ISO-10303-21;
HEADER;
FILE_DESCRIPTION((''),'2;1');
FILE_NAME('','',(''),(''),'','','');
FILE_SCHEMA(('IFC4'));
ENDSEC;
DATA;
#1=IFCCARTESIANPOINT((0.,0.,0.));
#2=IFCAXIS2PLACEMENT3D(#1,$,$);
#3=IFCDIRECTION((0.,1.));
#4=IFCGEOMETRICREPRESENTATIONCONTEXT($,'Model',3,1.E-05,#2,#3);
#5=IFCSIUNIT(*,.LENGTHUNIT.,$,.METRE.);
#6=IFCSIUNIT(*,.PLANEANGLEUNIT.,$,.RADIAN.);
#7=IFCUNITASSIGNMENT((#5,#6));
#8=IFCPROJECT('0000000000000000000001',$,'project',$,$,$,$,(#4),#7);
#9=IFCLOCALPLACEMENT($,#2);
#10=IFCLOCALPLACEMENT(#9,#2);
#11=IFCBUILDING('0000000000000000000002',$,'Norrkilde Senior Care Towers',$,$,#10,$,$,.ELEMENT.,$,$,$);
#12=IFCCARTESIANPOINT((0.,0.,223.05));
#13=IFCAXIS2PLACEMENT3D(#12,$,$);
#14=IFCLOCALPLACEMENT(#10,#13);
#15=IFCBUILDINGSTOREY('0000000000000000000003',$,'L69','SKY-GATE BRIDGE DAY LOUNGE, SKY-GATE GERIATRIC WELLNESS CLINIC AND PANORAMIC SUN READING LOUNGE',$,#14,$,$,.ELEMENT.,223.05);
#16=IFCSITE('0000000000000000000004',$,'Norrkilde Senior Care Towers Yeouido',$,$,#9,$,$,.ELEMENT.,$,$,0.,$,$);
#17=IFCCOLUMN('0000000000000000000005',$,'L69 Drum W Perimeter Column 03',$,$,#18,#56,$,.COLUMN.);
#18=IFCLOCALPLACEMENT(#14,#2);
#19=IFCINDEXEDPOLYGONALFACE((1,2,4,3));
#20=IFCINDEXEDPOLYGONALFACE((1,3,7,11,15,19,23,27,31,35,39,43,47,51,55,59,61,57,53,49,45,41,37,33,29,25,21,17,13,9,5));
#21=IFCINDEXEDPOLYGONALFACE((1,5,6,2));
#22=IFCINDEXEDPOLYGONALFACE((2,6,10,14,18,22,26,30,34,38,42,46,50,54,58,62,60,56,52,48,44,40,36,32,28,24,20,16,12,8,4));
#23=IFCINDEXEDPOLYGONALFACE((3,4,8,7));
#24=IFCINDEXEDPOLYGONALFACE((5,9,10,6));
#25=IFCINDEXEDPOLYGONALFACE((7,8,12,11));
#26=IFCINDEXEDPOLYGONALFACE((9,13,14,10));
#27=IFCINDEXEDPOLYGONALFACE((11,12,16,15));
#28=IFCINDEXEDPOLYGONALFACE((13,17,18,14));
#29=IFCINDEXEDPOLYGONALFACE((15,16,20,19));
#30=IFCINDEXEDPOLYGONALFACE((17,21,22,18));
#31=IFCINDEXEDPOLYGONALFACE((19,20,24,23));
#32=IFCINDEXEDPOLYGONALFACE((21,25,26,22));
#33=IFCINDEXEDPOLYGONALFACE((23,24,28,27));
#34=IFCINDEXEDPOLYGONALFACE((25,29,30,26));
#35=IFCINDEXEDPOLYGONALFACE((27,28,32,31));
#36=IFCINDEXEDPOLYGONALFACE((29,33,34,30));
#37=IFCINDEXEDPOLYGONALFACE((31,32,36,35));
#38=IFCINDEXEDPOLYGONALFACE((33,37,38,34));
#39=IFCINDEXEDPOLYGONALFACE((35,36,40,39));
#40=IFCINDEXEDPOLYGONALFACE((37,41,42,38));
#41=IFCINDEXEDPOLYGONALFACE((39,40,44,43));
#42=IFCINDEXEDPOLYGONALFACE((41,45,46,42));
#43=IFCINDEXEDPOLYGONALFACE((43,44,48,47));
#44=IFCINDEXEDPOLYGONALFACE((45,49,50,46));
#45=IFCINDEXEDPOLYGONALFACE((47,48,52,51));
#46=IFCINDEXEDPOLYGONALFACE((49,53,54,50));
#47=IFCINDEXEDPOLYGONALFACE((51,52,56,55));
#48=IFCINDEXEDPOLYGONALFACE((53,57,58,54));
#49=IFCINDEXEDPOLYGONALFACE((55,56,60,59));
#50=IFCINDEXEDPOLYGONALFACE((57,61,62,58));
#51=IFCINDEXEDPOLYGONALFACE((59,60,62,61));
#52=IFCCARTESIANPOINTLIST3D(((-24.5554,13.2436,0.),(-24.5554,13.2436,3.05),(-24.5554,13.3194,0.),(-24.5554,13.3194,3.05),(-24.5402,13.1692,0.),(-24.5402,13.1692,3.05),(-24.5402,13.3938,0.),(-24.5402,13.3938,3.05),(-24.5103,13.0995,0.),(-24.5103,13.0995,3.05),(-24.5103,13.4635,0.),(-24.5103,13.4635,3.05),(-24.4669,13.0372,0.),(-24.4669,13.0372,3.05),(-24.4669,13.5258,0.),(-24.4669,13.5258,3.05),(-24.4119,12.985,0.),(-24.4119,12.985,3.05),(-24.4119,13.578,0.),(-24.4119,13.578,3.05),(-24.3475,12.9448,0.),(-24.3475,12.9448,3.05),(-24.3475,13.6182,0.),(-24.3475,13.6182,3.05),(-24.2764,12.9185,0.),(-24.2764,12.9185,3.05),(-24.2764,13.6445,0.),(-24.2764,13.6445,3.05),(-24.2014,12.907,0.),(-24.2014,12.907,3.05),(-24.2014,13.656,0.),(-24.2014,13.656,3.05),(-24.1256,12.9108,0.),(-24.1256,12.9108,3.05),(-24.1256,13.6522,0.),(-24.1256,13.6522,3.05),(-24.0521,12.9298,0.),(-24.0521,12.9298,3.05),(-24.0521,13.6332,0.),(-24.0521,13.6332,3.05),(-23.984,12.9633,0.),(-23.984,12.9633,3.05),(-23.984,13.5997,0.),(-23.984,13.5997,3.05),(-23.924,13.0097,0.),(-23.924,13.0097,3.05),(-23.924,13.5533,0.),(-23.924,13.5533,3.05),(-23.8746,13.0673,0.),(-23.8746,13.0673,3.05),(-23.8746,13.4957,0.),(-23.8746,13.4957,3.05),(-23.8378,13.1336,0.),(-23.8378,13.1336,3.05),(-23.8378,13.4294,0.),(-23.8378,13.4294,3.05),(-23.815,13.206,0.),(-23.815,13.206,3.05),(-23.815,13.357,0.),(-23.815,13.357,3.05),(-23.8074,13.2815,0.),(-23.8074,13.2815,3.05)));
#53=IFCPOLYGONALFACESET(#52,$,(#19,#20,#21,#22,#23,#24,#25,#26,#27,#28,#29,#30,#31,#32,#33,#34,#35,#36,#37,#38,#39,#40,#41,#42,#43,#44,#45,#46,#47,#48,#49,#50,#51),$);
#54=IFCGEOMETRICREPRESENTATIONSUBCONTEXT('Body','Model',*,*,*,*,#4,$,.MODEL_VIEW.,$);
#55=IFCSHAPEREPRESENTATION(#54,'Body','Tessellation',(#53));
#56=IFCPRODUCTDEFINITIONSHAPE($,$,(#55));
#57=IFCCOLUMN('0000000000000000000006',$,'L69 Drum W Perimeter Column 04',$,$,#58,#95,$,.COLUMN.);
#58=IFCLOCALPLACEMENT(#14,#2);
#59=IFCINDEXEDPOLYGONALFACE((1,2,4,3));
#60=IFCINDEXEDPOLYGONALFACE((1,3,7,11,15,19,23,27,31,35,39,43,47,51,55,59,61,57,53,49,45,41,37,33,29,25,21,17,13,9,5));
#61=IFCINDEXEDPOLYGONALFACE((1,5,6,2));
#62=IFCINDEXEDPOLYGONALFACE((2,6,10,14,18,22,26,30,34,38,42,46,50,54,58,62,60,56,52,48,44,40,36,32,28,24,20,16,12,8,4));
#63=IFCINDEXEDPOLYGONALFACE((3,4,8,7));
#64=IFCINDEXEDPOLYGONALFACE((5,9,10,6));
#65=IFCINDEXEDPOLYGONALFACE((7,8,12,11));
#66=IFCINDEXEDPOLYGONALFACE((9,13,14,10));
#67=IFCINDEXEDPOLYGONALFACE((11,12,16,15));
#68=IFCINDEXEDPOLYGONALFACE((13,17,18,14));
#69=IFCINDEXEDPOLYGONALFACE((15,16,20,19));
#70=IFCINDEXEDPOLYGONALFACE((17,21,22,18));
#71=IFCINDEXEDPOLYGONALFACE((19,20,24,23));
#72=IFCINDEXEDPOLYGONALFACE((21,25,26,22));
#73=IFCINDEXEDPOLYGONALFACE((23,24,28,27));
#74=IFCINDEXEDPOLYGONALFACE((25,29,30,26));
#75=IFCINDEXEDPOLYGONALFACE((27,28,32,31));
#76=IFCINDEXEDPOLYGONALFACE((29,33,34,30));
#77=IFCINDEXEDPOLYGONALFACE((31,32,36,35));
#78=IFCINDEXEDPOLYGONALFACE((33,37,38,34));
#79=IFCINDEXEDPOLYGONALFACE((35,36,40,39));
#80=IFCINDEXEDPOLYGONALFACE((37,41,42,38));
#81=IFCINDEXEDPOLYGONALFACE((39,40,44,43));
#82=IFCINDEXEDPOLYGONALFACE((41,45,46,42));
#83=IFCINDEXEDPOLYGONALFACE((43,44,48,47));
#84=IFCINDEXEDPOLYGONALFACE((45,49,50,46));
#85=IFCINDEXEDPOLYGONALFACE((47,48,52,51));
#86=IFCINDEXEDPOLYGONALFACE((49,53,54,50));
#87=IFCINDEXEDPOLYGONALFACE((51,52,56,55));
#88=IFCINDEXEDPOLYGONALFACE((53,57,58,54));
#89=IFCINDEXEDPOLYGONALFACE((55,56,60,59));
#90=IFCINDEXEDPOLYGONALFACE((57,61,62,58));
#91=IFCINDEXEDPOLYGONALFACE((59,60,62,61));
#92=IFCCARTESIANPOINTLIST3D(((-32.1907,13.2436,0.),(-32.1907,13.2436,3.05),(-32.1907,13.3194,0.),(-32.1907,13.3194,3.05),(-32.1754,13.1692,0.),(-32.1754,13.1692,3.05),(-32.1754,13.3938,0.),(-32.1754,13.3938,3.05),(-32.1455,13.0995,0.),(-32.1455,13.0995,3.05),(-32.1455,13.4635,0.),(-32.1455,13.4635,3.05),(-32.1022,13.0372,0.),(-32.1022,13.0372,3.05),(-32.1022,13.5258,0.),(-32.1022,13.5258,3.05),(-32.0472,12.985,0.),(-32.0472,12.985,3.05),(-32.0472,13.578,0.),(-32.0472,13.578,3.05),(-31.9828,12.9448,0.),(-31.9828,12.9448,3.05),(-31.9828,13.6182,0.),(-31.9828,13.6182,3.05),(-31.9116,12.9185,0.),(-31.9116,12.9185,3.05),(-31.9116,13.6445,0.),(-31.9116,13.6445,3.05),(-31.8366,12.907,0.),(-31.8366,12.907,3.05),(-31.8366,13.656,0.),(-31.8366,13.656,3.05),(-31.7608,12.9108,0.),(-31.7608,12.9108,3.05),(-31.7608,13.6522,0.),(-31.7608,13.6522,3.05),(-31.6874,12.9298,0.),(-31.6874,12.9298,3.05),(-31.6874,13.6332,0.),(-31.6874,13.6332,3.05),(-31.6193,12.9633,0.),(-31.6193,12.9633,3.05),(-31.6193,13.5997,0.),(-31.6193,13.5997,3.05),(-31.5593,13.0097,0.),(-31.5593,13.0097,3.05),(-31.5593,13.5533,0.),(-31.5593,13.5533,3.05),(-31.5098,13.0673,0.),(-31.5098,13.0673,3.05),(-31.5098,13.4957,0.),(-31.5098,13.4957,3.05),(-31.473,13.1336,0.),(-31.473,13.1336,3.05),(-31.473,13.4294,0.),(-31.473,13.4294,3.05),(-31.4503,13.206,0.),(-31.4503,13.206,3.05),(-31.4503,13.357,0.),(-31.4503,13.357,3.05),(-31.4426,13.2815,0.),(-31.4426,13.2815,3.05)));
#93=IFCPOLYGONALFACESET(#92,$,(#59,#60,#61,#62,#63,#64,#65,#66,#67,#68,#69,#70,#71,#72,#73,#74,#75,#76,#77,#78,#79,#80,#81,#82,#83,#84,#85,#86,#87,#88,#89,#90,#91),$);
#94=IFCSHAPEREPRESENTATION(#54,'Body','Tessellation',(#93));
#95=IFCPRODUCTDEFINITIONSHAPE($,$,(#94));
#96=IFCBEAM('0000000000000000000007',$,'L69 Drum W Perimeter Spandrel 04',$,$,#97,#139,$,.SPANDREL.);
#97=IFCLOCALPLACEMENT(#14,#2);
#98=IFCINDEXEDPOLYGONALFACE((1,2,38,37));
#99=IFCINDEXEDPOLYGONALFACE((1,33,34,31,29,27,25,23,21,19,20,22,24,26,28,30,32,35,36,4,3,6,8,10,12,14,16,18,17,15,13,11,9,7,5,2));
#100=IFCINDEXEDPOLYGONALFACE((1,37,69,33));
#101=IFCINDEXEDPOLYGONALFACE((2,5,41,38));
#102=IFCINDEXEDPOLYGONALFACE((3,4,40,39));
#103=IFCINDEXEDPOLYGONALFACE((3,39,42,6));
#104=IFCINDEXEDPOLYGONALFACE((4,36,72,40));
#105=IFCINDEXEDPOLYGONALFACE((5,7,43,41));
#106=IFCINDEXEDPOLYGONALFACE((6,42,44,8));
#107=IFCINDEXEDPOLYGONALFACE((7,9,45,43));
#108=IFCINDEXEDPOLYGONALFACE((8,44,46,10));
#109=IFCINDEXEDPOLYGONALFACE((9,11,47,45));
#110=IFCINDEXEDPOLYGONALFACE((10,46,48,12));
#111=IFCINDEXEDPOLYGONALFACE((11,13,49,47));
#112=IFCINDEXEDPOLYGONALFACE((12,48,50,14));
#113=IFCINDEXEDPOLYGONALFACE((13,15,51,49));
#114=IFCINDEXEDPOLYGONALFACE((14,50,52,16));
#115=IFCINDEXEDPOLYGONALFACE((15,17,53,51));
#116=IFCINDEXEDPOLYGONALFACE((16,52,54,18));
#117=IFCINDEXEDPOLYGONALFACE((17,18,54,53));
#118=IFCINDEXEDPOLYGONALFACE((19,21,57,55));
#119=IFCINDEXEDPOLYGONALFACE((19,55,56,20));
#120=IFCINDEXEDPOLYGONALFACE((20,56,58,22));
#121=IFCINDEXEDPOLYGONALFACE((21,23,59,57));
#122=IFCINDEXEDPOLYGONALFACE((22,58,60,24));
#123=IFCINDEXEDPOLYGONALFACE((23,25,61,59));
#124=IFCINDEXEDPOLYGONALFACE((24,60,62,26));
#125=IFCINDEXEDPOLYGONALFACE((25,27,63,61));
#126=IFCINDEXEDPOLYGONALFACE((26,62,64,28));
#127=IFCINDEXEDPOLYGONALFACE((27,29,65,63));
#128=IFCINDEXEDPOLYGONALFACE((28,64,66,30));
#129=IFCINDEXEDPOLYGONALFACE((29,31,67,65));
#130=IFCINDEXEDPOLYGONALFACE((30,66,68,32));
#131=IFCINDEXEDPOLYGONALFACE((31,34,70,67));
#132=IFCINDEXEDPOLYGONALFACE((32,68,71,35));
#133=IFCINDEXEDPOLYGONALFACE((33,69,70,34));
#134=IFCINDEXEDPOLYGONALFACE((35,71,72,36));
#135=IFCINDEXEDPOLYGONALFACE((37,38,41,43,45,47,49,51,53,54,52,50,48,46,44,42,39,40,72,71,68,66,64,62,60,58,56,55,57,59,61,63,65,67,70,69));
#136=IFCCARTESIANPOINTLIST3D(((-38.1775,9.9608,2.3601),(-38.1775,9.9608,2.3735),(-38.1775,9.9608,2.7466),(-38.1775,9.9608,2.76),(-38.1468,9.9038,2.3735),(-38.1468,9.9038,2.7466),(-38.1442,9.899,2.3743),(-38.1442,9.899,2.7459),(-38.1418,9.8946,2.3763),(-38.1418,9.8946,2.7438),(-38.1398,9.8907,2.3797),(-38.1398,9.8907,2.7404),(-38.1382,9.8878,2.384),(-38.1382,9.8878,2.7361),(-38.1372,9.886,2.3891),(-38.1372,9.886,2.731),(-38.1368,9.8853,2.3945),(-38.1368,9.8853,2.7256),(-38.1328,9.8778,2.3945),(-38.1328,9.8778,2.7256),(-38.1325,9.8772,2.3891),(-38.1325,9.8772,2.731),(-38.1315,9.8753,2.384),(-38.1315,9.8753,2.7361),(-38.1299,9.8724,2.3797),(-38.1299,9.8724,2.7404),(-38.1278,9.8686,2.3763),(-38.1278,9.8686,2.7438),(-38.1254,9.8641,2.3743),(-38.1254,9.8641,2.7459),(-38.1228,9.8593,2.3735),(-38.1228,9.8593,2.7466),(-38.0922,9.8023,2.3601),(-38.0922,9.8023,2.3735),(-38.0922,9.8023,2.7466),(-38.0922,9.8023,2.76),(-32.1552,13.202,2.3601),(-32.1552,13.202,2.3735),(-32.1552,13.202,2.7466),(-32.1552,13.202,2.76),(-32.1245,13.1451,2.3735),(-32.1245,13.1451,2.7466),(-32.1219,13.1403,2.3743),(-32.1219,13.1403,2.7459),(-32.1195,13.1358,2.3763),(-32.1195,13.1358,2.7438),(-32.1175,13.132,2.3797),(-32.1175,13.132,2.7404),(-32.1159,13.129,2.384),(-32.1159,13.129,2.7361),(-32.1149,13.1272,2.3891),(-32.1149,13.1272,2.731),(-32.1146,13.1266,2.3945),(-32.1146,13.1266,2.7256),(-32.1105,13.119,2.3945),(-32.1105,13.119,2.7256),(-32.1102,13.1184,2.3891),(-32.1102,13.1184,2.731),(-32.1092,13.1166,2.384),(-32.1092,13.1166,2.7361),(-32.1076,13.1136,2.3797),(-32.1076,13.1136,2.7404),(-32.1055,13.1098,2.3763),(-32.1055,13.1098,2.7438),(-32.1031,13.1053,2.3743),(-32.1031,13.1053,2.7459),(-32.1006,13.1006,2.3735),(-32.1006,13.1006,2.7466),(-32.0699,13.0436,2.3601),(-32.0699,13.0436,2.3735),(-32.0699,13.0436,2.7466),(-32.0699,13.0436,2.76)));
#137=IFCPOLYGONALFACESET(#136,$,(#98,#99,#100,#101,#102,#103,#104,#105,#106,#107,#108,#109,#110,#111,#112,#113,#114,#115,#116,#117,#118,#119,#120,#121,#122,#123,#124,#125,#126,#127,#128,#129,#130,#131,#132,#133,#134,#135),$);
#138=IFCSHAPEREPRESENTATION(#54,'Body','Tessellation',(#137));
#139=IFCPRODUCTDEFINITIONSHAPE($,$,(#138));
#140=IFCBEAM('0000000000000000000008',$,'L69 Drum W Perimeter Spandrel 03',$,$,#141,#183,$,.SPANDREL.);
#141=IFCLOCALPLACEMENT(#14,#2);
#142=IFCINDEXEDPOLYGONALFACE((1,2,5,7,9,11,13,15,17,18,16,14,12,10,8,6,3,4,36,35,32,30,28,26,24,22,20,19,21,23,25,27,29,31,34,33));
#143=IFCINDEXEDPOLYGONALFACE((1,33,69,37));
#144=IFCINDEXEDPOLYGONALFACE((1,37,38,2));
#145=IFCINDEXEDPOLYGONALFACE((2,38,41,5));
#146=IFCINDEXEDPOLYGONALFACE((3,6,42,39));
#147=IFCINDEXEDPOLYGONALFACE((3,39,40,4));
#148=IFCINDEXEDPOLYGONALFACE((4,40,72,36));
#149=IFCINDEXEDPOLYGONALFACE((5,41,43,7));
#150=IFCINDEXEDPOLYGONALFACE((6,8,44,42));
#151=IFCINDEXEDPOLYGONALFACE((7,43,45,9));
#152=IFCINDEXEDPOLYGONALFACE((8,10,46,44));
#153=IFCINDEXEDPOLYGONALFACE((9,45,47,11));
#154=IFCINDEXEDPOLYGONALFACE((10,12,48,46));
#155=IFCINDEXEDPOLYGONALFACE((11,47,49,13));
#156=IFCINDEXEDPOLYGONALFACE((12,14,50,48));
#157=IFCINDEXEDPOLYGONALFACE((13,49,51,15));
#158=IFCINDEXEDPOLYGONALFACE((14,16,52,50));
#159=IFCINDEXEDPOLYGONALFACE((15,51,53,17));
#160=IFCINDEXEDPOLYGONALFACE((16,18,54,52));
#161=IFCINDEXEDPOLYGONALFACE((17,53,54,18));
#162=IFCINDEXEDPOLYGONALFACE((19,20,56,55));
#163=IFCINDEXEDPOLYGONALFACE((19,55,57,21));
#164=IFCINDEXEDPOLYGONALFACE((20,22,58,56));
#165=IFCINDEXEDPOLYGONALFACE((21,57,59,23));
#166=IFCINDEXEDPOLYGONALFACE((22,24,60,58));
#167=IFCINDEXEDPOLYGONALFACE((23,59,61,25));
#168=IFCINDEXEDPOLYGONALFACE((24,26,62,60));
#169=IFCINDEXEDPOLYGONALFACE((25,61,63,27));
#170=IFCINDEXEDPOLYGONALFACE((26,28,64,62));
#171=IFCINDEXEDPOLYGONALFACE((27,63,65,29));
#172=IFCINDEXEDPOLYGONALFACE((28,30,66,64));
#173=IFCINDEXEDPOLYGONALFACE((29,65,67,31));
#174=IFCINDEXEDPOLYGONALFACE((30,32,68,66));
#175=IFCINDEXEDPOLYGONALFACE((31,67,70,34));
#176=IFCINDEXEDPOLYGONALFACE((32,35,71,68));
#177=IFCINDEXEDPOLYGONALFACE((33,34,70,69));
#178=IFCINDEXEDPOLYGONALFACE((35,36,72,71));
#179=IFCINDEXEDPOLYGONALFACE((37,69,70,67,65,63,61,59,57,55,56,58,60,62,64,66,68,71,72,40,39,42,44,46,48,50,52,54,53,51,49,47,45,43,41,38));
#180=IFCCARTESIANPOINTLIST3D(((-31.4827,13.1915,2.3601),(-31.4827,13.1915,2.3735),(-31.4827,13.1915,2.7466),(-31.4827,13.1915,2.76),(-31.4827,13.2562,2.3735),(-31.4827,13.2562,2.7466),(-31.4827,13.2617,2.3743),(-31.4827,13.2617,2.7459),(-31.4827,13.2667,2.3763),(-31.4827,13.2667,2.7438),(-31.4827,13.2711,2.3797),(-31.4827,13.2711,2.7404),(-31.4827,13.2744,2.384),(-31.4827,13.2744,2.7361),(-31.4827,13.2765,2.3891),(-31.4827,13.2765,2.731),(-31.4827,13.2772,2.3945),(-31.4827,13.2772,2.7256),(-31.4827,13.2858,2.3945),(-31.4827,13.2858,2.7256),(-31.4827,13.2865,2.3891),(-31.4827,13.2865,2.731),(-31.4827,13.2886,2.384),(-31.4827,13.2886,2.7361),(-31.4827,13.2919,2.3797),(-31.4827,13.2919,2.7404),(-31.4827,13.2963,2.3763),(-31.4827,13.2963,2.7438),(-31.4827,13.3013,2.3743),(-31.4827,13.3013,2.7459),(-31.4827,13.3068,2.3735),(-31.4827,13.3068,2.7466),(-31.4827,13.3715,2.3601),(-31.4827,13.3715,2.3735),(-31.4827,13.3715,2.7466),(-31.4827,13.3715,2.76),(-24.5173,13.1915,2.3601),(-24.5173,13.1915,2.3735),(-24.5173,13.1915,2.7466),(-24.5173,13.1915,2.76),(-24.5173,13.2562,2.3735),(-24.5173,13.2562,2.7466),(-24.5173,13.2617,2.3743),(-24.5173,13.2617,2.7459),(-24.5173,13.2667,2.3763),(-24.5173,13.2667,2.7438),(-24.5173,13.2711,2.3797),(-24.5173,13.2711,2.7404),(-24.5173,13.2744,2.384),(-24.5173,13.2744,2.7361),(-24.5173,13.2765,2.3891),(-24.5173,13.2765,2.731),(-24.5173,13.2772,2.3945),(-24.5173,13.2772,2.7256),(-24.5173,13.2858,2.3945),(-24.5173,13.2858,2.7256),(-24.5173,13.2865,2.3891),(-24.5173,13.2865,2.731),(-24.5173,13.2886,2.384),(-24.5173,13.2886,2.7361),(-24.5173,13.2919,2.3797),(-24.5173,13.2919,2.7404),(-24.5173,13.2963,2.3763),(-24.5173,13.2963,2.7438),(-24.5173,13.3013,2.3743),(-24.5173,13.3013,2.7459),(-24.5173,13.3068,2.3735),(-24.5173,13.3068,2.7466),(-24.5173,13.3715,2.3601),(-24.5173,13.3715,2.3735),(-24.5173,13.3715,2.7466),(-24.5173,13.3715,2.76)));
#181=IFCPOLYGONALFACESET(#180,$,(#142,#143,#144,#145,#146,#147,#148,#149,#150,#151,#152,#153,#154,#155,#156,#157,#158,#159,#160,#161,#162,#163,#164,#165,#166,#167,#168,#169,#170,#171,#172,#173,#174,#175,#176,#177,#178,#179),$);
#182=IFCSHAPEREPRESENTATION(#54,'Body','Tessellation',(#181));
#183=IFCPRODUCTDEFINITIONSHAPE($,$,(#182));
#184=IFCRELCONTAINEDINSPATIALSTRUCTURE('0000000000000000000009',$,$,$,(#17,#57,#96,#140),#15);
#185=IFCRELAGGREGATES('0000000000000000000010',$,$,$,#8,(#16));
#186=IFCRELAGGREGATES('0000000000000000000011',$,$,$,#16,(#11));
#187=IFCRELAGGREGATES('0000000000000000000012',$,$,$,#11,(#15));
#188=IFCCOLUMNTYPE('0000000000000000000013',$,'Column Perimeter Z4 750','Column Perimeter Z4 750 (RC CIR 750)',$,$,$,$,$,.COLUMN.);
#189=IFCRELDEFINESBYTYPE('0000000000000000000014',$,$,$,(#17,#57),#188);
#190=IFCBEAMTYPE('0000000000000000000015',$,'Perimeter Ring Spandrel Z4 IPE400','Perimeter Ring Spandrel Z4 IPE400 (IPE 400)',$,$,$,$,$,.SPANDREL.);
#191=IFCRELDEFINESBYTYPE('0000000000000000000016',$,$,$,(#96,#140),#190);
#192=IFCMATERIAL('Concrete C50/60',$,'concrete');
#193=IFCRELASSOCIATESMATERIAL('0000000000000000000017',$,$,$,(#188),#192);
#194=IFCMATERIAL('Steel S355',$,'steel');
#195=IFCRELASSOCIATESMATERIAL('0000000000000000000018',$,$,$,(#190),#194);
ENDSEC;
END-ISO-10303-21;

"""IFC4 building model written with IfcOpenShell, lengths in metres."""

from ifc_helpers import new_model, si_unit, direction, frame, origin, origin_2d, place, context, subcontext, project, spatial, circle, i_section, extrude, source, transform, mapped, material, material_profile, profile_set, type_object, type_shapes, element, save


model = new_model("IFC4")

# Units and contexts
model_context = context("Model", 3, precision=1e-05, world=origin(), true_north=direction((0.0, 1.0)))
body_context = subcontext(model_context, "Body", "Model", "MODEL_VIEW")
ifc_project = project(units=[si_unit("LENGTHUNIT", "METRE"), si_unit("PLANEANGLEUNIT", "RADIAN")], contexts=[model_context])

# Site, building, storey
site_placement = place(None, origin())
site = spatial("IfcSite", under=ifc_project, at=site_placement, Name="Norrkilde Senior Care Towers Yeouido", CompositionType="ELEMENT", RefElevation=0.0)
building_placement = place(site_placement, origin())
building = spatial("IfcBuilding", under=site, at=building_placement, Name="Norrkilde Senior Care Towers", CompositionType="ELEMENT")
storey_placement = place(building_placement, frame((0.0, 0.0, 223.05)))
storey = spatial("IfcBuildingStorey", under=building, at=storey_placement, Name="L69", Description="SKY-GATE BRIDGE DAY LOUNGE, SKY-GATE GERIATRIC WELLNESS CLINIC AND PANORAMIC SUN READING LOUNGE", CompositionType="ELEMENT", Elevation=223.05)

# Columns
ifc_material_1 = material(Name="Concrete C50/60", Category="concrete")
ifc_material_profile_1 = material_profile(ifc_material_1, circle(Radius=0.375, at=origin_2d()), Name="RC CIR 750")
ifc_profile_set_1 = profile_set([ifc_material_profile_1], Name="Concrete C50/60")
column_type = type_object("IfcColumnType", Name="Column Perimeter Z4 750", Description="Column Perimeter Z4 750 (RC CIR 750)", PredefinedType="COLUMN", material=ifc_profile_set_1)
shared_shape_1 = source(origin(), body_context, "Body", "SweptSolid", [
    extrude(circle(Radius=0.375, at=origin_2d()), origin(), (0.0, 0.0, 1.0), 3.05),
])
type_shapes(column_type, [shared_shape_1])
for number, where, z_axis, x_axis, name in (
    (1, (-24.1824, 13.2815, 0.0), (0.0, 0.0, 1.0), (1.0, 0.0, 0.0), "L69 Drum W Perimeter Column 03"),
    (2, (-31.8176, 13.2815, 0.0), (0.0, 0.0, 1.0), (1.0, 0.0, 0.0), "L69 Drum W Perimeter Column 04"),
):
    element("IfcColumn", number, at=place(storey_placement, frame(where, z_axis=z_axis, x_axis=x_axis)), inside=storey, type_object=column_type, Name=name, PredefinedType="COLUMN", context=body_context, shape_type="MappedRepresentation", body=[
        mapped(shared_shape_1, transform((0.0, 0.0, 0.0), x_axis=(1.0, 0.0, 0.0), y_axis=(0.0, 1.0, 0.0), z_axis=(0.0, 0.0, 1.0), scale=1.0)),
    ])

# Beams
ifc_material_2 = material(Name="Steel S355", Category="steel")
ifc_material_profile_2 = material_profile(ifc_material_2, i_section(OverallWidth=0.1799, OverallDepth=0.3999, WebThickness=0.0085, FlangeThickness=0.0134, FilletRadius=0.021, at=origin_2d()), Name="IPE 400")
ifc_profile_set_2 = profile_set([ifc_material_profile_2], Name="Steel S355")
beam_type = type_object("IfcBeamType", Name="Perimeter Ring Spandrel Z4 IPE400", Description="Perimeter Ring Spandrel Z4 IPE400 (IPE 400)", PredefinedType="SPANDREL", material=ifc_profile_set_2)
shared_shape_2 = source(origin(), body_context, "Body", "SweptSolid", [
    extrude(i_section(OverallWidth=0.1799, OverallDepth=0.3999, WebThickness=0.0085, FlangeThickness=0.0134, FilletRadius=0.021, at=origin_2d()), origin(), (0.0, 0.0, 1.0), 6.8391),
])
beam_1_placement = place(storey_placement, frame((-32.1125, 13.1228, 2.5601), z_axis=(-0.880564, -0.473927, 0.0), x_axis=(0.473927, -0.880564, 0.0)))
element("IfcBeam", 3, at=beam_1_placement, inside=storey, type_object=beam_type, Name="L69 Drum W Perimeter Spandrel 04", PredefinedType="SPANDREL", context=body_context, shape_type="MappedRepresentation", body=[
    mapped(shared_shape_2, transform((0.0, 0.0, 0.0), x_axis=(1.0, 0.0, 0.0), y_axis=(0.0, 1.0, 0.0), z_axis=(0.0, 0.0, 1.0), scale=1.0)),
])
shared_shape_3 = source(origin(), body_context, "Body", "SweptSolid", [
    extrude(i_section(OverallWidth=0.1799, OverallDepth=0.3999, WebThickness=0.0085, FlangeThickness=0.0134, FilletRadius=0.021, at=origin_2d()), origin(), (0.0, 0.0, 1.0), 6.9653),
])
type_shapes(beam_type, [shared_shape_2, shared_shape_3])
beam_2_placement = place(storey_placement, frame((-24.5173, 13.2815, 2.5601), z_axis=(-1.0, 0.0, 0.0), x_axis=(0.0, -1.0, 0.0)))
element("IfcBeam", 4, at=beam_2_placement, inside=storey, type_object=beam_type, Name="L69 Drum W Perimeter Spandrel 03", PredefinedType="SPANDREL", context=body_context, shape_type="MappedRepresentation", body=[
    mapped(shared_shape_3, transform((0.0, 0.0, 0.0), x_axis=(1.0, 0.0, 0.0), y_axis=(0.0, 1.0, 0.0), z_axis=(0.0, 0.0, 1.0), scale=1.0)),
])

save(model, "model.ifc")
